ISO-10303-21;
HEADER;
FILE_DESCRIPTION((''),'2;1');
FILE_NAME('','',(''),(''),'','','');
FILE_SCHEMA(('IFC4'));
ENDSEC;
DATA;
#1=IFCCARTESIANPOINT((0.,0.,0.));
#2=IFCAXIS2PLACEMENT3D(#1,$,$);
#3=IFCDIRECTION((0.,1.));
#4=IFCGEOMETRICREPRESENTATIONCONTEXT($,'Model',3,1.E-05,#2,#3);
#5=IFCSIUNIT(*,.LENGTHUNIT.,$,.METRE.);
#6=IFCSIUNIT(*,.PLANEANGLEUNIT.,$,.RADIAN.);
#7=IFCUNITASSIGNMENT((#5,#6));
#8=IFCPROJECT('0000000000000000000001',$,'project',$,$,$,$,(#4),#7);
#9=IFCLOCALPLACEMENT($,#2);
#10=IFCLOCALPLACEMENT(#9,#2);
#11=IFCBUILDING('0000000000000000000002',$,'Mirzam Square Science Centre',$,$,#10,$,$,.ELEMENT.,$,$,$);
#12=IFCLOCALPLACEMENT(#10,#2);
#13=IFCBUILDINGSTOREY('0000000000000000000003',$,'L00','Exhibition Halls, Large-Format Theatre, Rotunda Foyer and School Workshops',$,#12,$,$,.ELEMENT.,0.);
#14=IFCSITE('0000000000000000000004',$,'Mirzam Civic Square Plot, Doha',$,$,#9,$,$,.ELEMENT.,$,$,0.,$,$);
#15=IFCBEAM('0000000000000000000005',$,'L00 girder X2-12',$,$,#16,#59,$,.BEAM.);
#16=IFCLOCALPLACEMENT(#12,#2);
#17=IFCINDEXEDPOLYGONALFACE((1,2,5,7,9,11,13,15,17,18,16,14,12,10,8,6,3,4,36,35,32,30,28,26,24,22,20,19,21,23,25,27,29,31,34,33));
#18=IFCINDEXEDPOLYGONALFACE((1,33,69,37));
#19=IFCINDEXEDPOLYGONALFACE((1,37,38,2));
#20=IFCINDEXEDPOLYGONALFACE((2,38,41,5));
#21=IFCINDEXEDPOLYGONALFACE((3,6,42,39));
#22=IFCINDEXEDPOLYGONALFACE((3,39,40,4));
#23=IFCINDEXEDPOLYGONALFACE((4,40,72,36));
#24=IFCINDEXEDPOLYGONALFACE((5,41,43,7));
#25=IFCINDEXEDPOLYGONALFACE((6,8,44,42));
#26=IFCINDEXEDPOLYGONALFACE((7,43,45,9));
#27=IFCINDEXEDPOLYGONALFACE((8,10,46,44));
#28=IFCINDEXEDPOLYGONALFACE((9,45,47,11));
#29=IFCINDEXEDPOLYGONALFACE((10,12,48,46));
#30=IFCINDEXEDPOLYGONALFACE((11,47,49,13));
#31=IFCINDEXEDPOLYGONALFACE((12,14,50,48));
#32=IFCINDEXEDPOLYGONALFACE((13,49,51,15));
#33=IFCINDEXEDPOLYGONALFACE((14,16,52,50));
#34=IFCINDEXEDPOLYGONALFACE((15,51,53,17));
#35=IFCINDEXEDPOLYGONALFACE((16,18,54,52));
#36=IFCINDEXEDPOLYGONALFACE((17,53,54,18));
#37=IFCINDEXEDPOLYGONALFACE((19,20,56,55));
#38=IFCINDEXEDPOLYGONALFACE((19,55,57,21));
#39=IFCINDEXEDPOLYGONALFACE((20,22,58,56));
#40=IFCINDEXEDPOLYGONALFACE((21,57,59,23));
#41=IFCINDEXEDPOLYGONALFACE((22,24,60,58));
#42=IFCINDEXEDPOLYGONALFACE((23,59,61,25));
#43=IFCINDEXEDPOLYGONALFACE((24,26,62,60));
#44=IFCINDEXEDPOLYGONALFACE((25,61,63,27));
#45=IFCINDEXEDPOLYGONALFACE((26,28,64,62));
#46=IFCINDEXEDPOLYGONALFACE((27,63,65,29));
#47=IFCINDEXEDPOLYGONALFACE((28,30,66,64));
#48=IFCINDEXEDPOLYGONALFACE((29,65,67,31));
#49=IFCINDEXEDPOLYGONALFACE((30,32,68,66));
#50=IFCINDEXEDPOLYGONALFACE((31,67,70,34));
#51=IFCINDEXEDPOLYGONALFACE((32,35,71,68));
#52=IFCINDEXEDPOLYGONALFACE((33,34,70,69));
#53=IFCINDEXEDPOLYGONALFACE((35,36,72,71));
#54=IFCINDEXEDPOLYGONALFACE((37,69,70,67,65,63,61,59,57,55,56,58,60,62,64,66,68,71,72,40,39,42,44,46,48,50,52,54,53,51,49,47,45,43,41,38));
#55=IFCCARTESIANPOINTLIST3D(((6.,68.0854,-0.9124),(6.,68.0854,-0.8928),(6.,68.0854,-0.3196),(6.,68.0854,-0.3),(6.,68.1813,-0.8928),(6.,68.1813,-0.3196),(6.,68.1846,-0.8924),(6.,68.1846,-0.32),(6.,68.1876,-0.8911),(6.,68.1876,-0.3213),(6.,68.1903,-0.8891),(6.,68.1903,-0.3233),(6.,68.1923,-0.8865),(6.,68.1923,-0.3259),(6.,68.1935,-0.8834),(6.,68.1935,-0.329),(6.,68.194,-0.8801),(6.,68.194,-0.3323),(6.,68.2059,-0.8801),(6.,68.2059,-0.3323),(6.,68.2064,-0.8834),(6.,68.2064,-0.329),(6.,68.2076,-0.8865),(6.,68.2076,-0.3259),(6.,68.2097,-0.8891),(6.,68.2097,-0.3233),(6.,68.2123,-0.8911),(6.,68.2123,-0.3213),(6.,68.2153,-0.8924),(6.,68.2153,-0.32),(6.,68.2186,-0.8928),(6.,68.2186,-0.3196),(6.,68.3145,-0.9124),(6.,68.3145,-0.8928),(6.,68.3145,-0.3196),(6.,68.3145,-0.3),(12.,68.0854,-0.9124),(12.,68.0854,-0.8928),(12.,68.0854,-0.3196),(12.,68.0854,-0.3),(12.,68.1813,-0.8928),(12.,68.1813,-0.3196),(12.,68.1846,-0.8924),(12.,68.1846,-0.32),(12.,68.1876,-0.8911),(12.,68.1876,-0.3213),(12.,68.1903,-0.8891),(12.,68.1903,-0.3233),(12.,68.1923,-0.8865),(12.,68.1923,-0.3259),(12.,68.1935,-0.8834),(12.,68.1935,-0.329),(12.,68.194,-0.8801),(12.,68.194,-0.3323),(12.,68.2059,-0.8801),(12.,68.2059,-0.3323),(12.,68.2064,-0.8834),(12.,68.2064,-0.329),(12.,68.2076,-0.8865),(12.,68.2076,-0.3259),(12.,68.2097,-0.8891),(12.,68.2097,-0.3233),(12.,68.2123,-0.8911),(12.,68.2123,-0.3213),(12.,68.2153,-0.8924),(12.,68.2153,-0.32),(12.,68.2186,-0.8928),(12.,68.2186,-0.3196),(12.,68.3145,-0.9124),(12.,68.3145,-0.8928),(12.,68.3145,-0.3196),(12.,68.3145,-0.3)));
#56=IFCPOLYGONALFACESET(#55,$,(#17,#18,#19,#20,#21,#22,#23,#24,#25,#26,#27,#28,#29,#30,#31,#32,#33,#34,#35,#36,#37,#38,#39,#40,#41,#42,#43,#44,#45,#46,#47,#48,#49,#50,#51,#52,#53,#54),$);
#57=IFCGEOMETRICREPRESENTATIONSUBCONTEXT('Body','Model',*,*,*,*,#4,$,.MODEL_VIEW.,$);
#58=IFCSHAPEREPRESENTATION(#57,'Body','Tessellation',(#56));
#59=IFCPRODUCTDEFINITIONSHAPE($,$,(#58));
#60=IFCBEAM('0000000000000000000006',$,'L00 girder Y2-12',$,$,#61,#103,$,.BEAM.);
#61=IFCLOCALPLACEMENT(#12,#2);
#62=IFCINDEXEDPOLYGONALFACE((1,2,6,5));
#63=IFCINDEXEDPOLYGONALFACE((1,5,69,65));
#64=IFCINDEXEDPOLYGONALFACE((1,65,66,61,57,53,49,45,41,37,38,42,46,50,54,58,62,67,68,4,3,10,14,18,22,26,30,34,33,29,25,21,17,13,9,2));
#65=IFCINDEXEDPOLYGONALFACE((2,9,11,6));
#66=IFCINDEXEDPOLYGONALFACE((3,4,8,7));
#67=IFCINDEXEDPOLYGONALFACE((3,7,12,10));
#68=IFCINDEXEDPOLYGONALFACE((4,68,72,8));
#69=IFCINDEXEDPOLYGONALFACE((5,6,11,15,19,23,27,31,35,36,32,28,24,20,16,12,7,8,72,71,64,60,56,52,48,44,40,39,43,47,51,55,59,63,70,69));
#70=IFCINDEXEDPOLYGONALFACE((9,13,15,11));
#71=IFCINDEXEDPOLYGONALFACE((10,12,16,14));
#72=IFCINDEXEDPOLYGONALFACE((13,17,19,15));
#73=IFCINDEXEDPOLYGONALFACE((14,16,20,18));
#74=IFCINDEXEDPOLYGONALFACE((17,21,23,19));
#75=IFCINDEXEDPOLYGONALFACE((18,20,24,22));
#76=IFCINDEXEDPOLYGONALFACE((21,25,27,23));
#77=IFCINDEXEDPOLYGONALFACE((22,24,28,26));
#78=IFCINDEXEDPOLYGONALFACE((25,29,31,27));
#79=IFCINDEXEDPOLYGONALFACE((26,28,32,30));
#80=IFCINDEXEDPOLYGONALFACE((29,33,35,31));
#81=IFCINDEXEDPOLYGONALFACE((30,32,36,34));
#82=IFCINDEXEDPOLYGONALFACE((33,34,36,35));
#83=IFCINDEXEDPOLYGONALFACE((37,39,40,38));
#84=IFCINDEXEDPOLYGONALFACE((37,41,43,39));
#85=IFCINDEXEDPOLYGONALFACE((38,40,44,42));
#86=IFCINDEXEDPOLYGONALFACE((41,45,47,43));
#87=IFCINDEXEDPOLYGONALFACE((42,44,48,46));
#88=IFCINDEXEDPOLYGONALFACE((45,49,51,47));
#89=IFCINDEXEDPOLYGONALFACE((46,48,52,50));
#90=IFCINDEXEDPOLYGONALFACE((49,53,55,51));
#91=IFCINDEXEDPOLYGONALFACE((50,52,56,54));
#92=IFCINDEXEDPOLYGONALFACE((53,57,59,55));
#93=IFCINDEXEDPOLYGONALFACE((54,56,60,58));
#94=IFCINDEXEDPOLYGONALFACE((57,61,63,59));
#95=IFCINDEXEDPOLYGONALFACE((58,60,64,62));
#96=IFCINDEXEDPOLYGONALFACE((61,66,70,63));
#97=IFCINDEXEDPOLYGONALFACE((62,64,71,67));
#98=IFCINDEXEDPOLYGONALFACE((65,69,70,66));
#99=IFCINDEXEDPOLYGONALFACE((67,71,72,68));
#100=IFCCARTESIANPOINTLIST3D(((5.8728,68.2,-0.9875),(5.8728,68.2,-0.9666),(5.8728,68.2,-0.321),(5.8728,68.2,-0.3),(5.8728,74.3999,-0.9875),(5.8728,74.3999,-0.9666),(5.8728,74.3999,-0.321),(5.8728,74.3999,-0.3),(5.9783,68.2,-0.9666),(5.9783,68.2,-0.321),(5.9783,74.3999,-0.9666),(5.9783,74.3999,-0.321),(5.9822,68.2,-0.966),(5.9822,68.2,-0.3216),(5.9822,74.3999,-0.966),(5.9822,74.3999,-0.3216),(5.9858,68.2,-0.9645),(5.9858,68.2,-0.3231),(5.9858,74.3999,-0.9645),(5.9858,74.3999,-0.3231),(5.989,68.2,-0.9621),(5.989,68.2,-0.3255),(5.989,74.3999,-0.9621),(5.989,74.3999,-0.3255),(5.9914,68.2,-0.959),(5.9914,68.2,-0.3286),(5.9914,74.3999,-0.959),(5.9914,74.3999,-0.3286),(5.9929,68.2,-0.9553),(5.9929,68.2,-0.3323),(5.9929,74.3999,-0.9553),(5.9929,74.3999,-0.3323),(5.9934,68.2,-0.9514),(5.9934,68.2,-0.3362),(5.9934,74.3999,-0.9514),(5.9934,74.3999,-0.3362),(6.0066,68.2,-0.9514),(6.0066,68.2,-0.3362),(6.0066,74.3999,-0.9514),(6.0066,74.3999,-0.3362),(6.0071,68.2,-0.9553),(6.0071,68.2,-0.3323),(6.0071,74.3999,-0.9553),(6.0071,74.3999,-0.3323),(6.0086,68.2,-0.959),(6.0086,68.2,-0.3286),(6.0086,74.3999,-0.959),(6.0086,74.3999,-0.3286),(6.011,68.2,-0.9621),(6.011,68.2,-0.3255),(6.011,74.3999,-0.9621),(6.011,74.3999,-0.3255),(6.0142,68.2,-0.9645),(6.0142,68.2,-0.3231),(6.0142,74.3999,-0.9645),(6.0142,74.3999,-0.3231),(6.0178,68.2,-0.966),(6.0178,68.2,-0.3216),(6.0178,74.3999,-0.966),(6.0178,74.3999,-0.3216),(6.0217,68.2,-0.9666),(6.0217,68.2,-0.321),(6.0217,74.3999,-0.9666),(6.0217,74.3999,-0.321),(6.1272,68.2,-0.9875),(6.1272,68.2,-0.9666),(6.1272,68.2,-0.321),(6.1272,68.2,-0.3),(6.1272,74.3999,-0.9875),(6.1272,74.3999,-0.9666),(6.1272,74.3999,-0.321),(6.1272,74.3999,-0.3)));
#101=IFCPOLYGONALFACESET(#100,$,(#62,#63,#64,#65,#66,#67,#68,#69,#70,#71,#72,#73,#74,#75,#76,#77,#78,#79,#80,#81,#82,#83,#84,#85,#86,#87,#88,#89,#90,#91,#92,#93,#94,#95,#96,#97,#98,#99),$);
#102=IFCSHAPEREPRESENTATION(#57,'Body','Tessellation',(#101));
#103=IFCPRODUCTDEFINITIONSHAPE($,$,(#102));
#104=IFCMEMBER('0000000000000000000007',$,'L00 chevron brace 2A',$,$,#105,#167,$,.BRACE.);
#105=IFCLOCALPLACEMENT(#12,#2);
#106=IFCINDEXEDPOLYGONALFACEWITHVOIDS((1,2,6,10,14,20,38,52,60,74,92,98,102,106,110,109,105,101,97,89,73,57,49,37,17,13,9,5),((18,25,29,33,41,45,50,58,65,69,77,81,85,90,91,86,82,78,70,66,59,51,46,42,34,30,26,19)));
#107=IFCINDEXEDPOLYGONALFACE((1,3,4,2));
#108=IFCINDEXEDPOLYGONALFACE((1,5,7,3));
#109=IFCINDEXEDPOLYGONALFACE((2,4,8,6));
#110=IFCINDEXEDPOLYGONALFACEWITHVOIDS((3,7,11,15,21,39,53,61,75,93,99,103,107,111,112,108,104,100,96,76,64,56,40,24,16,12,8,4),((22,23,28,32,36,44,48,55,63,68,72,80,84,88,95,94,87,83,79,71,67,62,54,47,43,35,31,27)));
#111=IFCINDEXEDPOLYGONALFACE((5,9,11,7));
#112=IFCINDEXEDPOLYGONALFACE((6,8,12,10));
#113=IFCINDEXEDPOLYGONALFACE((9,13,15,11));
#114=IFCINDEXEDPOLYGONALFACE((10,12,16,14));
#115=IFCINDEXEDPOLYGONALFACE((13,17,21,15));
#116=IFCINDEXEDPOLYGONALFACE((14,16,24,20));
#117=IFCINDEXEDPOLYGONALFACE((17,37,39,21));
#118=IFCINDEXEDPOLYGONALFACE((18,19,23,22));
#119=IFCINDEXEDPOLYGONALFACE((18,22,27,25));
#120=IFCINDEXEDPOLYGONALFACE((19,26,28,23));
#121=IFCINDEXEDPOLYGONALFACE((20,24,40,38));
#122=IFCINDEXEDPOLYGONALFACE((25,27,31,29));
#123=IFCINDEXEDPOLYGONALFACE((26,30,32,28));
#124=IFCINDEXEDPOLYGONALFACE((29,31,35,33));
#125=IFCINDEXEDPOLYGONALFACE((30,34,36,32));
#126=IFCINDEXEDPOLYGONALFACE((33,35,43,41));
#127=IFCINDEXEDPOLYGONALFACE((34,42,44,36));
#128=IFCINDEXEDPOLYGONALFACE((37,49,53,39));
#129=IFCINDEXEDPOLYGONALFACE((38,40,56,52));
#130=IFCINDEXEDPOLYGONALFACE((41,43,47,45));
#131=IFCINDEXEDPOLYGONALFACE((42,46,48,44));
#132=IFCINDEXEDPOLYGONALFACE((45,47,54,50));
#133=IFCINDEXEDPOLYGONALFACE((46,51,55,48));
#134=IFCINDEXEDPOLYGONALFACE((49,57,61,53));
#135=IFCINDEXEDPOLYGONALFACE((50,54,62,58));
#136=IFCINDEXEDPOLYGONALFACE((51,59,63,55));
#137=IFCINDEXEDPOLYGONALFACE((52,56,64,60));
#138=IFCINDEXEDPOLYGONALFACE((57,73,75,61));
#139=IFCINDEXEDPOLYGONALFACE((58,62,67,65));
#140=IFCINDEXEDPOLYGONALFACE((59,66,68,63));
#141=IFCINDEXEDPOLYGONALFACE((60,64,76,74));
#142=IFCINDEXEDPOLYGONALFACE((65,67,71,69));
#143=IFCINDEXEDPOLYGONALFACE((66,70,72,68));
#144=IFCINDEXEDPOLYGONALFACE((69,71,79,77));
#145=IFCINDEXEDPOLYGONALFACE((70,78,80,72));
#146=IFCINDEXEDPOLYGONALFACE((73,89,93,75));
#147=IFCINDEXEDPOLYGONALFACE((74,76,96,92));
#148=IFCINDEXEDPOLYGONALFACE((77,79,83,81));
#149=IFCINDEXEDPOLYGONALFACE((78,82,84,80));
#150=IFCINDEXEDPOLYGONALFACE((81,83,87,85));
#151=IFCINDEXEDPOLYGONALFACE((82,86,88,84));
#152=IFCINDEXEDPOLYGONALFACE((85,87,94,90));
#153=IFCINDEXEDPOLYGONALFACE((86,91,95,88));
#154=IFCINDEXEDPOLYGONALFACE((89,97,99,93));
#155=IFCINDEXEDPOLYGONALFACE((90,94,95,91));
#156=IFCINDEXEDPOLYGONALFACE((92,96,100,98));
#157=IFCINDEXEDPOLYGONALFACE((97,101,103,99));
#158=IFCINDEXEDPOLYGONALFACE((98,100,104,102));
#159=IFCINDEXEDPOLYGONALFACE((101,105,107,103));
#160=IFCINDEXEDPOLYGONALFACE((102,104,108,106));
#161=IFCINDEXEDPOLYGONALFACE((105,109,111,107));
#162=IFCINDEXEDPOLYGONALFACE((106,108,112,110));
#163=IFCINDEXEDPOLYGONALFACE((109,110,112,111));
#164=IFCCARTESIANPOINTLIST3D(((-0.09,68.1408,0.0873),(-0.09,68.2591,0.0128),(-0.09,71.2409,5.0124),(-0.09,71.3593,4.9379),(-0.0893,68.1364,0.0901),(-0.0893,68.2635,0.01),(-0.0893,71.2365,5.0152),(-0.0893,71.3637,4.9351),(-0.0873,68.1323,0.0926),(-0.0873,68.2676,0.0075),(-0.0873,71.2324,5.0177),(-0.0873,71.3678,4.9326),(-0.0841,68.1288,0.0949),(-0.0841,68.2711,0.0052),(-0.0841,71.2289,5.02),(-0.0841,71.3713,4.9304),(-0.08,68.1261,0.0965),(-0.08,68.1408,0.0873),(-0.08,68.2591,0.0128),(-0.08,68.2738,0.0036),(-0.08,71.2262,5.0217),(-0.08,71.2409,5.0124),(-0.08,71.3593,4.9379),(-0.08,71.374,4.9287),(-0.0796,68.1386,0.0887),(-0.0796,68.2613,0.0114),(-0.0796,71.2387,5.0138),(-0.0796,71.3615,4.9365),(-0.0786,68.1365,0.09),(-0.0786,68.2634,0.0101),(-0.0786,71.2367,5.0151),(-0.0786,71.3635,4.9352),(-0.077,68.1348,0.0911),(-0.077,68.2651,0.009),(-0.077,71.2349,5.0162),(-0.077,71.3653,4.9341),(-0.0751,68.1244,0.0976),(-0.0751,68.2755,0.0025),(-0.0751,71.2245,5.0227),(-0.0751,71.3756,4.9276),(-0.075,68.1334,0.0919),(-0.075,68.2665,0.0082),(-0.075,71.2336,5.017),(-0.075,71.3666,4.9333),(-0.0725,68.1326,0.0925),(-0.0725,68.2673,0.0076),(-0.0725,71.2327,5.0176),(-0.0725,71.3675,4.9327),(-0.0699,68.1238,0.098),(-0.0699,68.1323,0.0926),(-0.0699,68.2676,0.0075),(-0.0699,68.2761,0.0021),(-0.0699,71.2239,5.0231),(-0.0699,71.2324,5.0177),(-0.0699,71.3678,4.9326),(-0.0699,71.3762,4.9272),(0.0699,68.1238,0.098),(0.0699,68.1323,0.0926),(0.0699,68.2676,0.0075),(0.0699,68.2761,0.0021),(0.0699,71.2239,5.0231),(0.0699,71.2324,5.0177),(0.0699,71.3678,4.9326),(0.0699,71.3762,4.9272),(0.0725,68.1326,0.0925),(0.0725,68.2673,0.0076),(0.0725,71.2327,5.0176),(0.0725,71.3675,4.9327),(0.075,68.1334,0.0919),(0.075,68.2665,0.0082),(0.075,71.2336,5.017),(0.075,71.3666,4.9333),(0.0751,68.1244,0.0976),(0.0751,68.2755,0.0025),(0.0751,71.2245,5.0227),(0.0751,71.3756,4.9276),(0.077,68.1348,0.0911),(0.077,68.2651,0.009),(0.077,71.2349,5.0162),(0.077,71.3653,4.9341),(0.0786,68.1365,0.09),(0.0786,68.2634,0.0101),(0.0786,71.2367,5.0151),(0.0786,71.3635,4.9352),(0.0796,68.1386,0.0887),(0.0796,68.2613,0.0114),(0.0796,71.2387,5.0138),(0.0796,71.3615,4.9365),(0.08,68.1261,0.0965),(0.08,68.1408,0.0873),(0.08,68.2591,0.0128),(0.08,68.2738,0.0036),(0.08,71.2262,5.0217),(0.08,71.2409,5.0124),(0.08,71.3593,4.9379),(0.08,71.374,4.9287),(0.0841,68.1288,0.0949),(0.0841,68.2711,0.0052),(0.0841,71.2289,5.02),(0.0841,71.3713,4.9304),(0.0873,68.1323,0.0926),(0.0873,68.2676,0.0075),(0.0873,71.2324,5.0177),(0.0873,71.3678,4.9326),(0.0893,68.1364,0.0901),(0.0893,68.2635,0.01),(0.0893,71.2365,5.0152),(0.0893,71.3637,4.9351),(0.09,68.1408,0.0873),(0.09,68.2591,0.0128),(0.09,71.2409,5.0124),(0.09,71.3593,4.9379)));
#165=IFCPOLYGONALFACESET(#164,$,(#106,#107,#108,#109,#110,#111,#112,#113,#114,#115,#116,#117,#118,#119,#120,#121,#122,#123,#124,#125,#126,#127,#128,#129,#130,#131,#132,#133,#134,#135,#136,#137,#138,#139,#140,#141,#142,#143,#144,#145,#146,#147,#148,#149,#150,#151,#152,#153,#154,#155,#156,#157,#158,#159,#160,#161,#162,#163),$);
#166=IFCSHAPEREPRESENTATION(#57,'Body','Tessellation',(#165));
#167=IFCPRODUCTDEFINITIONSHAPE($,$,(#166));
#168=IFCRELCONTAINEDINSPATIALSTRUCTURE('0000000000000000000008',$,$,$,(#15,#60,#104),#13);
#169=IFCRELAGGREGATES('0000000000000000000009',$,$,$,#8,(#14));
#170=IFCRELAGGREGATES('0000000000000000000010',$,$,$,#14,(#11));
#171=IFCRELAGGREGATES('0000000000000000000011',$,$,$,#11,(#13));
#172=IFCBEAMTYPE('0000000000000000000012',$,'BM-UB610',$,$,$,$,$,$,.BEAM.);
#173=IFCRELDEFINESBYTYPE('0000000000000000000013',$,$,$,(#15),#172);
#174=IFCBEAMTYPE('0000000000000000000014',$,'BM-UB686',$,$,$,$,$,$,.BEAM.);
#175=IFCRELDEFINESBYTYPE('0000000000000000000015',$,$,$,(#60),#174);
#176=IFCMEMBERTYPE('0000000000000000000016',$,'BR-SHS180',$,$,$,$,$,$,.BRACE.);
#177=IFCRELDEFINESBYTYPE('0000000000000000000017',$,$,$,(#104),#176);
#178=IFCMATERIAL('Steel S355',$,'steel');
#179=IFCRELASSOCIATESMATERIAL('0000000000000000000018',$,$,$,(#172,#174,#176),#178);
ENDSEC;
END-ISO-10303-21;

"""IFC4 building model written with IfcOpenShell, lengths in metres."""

from ifc_helpers import new_model, si_unit, direction, frame, origin, origin_2d, place, context, subcontext, project, spatial, hollow_rectangle, i_section, extrude, material, material_profile, profile_set, type_object, element, save


model = new_model("IFC4")

# Units and contexts
model_context = context("Model", 3, precision=1e-05, world=origin(), true_north=direction((0.0, 1.0)))
body_context = subcontext(model_context, "Body", "Model", "MODEL_VIEW")
ifc_project = project(units=[si_unit("LENGTHUNIT", "METRE"), si_unit("PLANEANGLEUNIT", "RADIAN")], contexts=[model_context])

# Site, building, storey
site_placement = place(None, origin())
site = spatial("IfcSite", under=ifc_project, at=site_placement, Name="Mirzam Civic Square Plot, Doha", CompositionType="ELEMENT", RefElevation=0.0)
building_placement = place(site_placement, origin())
building = spatial("IfcBuilding", under=site, at=building_placement, Name="Mirzam Square Science Centre", CompositionType="ELEMENT")
storey_placement = place(building_placement, origin())
storey = spatial("IfcBuildingStorey", under=building, at=storey_placement, Name="L00", Description="Exhibition Halls, Large-Format Theatre, Rotunda Foyer and School Workshops", CompositionType="ELEMENT", Elevation=0.0)

# Shared definitions
ifc_material_1 = material(Name="Steel S355", Category="steel")

# Beams
ifc_material_profile_1 = material_profile(ifc_material_1, i_section(OverallWidth=0.229, OverallDepth=0.6123, WebThickness=0.012, FlangeThickness=0.0195, FilletRadius=0.0127, at=origin_2d()), Name="610x229x125UB")
ifc_profile_set_1 = profile_set([ifc_material_profile_1], Name="Steel S355")
beam_type_1 = type_object("IfcBeamType", Name="BM-UB610", PredefinedType="BEAM", material=ifc_profile_set_1)
beam_1_placement = place(storey_placement, frame((6.0, 68.2, -0.6062), z_axis=(1.0, 0.0, 0.0), x_axis=(0.0, 1.0, 0.0)))
element("IfcBeam", 1, at=beam_1_placement, inside=storey, type_object=beam_type_1, Name="L00 girder X2-12", PredefinedType="BEAM", context=body_context, shape_type="SweptSolid", body=[
    extrude(i_section(OverallWidth=0.229, OverallDepth=0.6123, WebThickness=0.012, FlangeThickness=0.0195, FilletRadius=0.0127, at=origin_2d()), origin(), (0.0, 0.0, 1.0), 6.0),
])
ifc_material_profile_2 = material_profile(ifc_material_1, i_section(OverallWidth=0.2544, OverallDepth=0.6875, WebThickness=0.0132, FlangeThickness=0.021, FilletRadius=0.0151, at=origin_2d()), Name="686x254x152UB")
ifc_profile_set_2 = profile_set([ifc_material_profile_2], Name="Steel S355")
beam_type_2 = type_object("IfcBeamType", Name="BM-UB686", PredefinedType="BEAM", material=ifc_profile_set_2)
beam_2_placement = place(storey_placement, frame((6.0, 68.2, -0.6438), z_axis=(0.0, 1.0, 0.0), x_axis=(-1.0, 0.0, 0.0)))
element("IfcBeam", 2, at=beam_2_placement, inside=storey, type_object=beam_type_2, Name="L00 girder Y2-12", PredefinedType="BEAM", context=body_context, shape_type="SweptSolid", body=[
    extrude(i_section(OverallWidth=0.2544, OverallDepth=0.6875, WebThickness=0.0132, FlangeThickness=0.021, FilletRadius=0.0151, at=origin_2d()), origin(), (0.0, 0.0, 1.0), 6.2),
])

# Member
ifc_material_profile_3 = material_profile(ifc_material_1, hollow_rectangle(XDim=0.1799, YDim=0.1799, WallThickness=0.01, InnerFilletRadius=0.01, OuterFilletRadius=0.02, at=origin_2d()), Name="180x180x10.0SHS")
ifc_profile_set_3 = profile_set([ifc_material_profile_3], Name="Steel S355")
member_type = type_object("IfcMemberType", Name="BR-SHS180", PredefinedType="BRACE", material=ifc_profile_set_3)
member_placement = place(storey_placement, frame((0.0, 68.2, 0.05), z_axis=(0.0, 0.532708, 0.846299), x_axis=(-1.0, 0.0, 0.0)))
element("IfcMember", 3, at=member_placement, inside=storey, type_object=member_type, Name="L00 chevron brace 2A", PredefinedType="BRACE", context=body_context, shape_type="SweptSolid", body=[
    extrude(hollow_rectangle(XDim=0.1799, YDim=0.1799, WallThickness=0.01, InnerFilletRadius=0.01, OuterFilletRadius=0.02, at=origin_2d()), origin(), (0.0, 0.0, 1.0), 5.8196),
])

save(model, "model.ifc")
